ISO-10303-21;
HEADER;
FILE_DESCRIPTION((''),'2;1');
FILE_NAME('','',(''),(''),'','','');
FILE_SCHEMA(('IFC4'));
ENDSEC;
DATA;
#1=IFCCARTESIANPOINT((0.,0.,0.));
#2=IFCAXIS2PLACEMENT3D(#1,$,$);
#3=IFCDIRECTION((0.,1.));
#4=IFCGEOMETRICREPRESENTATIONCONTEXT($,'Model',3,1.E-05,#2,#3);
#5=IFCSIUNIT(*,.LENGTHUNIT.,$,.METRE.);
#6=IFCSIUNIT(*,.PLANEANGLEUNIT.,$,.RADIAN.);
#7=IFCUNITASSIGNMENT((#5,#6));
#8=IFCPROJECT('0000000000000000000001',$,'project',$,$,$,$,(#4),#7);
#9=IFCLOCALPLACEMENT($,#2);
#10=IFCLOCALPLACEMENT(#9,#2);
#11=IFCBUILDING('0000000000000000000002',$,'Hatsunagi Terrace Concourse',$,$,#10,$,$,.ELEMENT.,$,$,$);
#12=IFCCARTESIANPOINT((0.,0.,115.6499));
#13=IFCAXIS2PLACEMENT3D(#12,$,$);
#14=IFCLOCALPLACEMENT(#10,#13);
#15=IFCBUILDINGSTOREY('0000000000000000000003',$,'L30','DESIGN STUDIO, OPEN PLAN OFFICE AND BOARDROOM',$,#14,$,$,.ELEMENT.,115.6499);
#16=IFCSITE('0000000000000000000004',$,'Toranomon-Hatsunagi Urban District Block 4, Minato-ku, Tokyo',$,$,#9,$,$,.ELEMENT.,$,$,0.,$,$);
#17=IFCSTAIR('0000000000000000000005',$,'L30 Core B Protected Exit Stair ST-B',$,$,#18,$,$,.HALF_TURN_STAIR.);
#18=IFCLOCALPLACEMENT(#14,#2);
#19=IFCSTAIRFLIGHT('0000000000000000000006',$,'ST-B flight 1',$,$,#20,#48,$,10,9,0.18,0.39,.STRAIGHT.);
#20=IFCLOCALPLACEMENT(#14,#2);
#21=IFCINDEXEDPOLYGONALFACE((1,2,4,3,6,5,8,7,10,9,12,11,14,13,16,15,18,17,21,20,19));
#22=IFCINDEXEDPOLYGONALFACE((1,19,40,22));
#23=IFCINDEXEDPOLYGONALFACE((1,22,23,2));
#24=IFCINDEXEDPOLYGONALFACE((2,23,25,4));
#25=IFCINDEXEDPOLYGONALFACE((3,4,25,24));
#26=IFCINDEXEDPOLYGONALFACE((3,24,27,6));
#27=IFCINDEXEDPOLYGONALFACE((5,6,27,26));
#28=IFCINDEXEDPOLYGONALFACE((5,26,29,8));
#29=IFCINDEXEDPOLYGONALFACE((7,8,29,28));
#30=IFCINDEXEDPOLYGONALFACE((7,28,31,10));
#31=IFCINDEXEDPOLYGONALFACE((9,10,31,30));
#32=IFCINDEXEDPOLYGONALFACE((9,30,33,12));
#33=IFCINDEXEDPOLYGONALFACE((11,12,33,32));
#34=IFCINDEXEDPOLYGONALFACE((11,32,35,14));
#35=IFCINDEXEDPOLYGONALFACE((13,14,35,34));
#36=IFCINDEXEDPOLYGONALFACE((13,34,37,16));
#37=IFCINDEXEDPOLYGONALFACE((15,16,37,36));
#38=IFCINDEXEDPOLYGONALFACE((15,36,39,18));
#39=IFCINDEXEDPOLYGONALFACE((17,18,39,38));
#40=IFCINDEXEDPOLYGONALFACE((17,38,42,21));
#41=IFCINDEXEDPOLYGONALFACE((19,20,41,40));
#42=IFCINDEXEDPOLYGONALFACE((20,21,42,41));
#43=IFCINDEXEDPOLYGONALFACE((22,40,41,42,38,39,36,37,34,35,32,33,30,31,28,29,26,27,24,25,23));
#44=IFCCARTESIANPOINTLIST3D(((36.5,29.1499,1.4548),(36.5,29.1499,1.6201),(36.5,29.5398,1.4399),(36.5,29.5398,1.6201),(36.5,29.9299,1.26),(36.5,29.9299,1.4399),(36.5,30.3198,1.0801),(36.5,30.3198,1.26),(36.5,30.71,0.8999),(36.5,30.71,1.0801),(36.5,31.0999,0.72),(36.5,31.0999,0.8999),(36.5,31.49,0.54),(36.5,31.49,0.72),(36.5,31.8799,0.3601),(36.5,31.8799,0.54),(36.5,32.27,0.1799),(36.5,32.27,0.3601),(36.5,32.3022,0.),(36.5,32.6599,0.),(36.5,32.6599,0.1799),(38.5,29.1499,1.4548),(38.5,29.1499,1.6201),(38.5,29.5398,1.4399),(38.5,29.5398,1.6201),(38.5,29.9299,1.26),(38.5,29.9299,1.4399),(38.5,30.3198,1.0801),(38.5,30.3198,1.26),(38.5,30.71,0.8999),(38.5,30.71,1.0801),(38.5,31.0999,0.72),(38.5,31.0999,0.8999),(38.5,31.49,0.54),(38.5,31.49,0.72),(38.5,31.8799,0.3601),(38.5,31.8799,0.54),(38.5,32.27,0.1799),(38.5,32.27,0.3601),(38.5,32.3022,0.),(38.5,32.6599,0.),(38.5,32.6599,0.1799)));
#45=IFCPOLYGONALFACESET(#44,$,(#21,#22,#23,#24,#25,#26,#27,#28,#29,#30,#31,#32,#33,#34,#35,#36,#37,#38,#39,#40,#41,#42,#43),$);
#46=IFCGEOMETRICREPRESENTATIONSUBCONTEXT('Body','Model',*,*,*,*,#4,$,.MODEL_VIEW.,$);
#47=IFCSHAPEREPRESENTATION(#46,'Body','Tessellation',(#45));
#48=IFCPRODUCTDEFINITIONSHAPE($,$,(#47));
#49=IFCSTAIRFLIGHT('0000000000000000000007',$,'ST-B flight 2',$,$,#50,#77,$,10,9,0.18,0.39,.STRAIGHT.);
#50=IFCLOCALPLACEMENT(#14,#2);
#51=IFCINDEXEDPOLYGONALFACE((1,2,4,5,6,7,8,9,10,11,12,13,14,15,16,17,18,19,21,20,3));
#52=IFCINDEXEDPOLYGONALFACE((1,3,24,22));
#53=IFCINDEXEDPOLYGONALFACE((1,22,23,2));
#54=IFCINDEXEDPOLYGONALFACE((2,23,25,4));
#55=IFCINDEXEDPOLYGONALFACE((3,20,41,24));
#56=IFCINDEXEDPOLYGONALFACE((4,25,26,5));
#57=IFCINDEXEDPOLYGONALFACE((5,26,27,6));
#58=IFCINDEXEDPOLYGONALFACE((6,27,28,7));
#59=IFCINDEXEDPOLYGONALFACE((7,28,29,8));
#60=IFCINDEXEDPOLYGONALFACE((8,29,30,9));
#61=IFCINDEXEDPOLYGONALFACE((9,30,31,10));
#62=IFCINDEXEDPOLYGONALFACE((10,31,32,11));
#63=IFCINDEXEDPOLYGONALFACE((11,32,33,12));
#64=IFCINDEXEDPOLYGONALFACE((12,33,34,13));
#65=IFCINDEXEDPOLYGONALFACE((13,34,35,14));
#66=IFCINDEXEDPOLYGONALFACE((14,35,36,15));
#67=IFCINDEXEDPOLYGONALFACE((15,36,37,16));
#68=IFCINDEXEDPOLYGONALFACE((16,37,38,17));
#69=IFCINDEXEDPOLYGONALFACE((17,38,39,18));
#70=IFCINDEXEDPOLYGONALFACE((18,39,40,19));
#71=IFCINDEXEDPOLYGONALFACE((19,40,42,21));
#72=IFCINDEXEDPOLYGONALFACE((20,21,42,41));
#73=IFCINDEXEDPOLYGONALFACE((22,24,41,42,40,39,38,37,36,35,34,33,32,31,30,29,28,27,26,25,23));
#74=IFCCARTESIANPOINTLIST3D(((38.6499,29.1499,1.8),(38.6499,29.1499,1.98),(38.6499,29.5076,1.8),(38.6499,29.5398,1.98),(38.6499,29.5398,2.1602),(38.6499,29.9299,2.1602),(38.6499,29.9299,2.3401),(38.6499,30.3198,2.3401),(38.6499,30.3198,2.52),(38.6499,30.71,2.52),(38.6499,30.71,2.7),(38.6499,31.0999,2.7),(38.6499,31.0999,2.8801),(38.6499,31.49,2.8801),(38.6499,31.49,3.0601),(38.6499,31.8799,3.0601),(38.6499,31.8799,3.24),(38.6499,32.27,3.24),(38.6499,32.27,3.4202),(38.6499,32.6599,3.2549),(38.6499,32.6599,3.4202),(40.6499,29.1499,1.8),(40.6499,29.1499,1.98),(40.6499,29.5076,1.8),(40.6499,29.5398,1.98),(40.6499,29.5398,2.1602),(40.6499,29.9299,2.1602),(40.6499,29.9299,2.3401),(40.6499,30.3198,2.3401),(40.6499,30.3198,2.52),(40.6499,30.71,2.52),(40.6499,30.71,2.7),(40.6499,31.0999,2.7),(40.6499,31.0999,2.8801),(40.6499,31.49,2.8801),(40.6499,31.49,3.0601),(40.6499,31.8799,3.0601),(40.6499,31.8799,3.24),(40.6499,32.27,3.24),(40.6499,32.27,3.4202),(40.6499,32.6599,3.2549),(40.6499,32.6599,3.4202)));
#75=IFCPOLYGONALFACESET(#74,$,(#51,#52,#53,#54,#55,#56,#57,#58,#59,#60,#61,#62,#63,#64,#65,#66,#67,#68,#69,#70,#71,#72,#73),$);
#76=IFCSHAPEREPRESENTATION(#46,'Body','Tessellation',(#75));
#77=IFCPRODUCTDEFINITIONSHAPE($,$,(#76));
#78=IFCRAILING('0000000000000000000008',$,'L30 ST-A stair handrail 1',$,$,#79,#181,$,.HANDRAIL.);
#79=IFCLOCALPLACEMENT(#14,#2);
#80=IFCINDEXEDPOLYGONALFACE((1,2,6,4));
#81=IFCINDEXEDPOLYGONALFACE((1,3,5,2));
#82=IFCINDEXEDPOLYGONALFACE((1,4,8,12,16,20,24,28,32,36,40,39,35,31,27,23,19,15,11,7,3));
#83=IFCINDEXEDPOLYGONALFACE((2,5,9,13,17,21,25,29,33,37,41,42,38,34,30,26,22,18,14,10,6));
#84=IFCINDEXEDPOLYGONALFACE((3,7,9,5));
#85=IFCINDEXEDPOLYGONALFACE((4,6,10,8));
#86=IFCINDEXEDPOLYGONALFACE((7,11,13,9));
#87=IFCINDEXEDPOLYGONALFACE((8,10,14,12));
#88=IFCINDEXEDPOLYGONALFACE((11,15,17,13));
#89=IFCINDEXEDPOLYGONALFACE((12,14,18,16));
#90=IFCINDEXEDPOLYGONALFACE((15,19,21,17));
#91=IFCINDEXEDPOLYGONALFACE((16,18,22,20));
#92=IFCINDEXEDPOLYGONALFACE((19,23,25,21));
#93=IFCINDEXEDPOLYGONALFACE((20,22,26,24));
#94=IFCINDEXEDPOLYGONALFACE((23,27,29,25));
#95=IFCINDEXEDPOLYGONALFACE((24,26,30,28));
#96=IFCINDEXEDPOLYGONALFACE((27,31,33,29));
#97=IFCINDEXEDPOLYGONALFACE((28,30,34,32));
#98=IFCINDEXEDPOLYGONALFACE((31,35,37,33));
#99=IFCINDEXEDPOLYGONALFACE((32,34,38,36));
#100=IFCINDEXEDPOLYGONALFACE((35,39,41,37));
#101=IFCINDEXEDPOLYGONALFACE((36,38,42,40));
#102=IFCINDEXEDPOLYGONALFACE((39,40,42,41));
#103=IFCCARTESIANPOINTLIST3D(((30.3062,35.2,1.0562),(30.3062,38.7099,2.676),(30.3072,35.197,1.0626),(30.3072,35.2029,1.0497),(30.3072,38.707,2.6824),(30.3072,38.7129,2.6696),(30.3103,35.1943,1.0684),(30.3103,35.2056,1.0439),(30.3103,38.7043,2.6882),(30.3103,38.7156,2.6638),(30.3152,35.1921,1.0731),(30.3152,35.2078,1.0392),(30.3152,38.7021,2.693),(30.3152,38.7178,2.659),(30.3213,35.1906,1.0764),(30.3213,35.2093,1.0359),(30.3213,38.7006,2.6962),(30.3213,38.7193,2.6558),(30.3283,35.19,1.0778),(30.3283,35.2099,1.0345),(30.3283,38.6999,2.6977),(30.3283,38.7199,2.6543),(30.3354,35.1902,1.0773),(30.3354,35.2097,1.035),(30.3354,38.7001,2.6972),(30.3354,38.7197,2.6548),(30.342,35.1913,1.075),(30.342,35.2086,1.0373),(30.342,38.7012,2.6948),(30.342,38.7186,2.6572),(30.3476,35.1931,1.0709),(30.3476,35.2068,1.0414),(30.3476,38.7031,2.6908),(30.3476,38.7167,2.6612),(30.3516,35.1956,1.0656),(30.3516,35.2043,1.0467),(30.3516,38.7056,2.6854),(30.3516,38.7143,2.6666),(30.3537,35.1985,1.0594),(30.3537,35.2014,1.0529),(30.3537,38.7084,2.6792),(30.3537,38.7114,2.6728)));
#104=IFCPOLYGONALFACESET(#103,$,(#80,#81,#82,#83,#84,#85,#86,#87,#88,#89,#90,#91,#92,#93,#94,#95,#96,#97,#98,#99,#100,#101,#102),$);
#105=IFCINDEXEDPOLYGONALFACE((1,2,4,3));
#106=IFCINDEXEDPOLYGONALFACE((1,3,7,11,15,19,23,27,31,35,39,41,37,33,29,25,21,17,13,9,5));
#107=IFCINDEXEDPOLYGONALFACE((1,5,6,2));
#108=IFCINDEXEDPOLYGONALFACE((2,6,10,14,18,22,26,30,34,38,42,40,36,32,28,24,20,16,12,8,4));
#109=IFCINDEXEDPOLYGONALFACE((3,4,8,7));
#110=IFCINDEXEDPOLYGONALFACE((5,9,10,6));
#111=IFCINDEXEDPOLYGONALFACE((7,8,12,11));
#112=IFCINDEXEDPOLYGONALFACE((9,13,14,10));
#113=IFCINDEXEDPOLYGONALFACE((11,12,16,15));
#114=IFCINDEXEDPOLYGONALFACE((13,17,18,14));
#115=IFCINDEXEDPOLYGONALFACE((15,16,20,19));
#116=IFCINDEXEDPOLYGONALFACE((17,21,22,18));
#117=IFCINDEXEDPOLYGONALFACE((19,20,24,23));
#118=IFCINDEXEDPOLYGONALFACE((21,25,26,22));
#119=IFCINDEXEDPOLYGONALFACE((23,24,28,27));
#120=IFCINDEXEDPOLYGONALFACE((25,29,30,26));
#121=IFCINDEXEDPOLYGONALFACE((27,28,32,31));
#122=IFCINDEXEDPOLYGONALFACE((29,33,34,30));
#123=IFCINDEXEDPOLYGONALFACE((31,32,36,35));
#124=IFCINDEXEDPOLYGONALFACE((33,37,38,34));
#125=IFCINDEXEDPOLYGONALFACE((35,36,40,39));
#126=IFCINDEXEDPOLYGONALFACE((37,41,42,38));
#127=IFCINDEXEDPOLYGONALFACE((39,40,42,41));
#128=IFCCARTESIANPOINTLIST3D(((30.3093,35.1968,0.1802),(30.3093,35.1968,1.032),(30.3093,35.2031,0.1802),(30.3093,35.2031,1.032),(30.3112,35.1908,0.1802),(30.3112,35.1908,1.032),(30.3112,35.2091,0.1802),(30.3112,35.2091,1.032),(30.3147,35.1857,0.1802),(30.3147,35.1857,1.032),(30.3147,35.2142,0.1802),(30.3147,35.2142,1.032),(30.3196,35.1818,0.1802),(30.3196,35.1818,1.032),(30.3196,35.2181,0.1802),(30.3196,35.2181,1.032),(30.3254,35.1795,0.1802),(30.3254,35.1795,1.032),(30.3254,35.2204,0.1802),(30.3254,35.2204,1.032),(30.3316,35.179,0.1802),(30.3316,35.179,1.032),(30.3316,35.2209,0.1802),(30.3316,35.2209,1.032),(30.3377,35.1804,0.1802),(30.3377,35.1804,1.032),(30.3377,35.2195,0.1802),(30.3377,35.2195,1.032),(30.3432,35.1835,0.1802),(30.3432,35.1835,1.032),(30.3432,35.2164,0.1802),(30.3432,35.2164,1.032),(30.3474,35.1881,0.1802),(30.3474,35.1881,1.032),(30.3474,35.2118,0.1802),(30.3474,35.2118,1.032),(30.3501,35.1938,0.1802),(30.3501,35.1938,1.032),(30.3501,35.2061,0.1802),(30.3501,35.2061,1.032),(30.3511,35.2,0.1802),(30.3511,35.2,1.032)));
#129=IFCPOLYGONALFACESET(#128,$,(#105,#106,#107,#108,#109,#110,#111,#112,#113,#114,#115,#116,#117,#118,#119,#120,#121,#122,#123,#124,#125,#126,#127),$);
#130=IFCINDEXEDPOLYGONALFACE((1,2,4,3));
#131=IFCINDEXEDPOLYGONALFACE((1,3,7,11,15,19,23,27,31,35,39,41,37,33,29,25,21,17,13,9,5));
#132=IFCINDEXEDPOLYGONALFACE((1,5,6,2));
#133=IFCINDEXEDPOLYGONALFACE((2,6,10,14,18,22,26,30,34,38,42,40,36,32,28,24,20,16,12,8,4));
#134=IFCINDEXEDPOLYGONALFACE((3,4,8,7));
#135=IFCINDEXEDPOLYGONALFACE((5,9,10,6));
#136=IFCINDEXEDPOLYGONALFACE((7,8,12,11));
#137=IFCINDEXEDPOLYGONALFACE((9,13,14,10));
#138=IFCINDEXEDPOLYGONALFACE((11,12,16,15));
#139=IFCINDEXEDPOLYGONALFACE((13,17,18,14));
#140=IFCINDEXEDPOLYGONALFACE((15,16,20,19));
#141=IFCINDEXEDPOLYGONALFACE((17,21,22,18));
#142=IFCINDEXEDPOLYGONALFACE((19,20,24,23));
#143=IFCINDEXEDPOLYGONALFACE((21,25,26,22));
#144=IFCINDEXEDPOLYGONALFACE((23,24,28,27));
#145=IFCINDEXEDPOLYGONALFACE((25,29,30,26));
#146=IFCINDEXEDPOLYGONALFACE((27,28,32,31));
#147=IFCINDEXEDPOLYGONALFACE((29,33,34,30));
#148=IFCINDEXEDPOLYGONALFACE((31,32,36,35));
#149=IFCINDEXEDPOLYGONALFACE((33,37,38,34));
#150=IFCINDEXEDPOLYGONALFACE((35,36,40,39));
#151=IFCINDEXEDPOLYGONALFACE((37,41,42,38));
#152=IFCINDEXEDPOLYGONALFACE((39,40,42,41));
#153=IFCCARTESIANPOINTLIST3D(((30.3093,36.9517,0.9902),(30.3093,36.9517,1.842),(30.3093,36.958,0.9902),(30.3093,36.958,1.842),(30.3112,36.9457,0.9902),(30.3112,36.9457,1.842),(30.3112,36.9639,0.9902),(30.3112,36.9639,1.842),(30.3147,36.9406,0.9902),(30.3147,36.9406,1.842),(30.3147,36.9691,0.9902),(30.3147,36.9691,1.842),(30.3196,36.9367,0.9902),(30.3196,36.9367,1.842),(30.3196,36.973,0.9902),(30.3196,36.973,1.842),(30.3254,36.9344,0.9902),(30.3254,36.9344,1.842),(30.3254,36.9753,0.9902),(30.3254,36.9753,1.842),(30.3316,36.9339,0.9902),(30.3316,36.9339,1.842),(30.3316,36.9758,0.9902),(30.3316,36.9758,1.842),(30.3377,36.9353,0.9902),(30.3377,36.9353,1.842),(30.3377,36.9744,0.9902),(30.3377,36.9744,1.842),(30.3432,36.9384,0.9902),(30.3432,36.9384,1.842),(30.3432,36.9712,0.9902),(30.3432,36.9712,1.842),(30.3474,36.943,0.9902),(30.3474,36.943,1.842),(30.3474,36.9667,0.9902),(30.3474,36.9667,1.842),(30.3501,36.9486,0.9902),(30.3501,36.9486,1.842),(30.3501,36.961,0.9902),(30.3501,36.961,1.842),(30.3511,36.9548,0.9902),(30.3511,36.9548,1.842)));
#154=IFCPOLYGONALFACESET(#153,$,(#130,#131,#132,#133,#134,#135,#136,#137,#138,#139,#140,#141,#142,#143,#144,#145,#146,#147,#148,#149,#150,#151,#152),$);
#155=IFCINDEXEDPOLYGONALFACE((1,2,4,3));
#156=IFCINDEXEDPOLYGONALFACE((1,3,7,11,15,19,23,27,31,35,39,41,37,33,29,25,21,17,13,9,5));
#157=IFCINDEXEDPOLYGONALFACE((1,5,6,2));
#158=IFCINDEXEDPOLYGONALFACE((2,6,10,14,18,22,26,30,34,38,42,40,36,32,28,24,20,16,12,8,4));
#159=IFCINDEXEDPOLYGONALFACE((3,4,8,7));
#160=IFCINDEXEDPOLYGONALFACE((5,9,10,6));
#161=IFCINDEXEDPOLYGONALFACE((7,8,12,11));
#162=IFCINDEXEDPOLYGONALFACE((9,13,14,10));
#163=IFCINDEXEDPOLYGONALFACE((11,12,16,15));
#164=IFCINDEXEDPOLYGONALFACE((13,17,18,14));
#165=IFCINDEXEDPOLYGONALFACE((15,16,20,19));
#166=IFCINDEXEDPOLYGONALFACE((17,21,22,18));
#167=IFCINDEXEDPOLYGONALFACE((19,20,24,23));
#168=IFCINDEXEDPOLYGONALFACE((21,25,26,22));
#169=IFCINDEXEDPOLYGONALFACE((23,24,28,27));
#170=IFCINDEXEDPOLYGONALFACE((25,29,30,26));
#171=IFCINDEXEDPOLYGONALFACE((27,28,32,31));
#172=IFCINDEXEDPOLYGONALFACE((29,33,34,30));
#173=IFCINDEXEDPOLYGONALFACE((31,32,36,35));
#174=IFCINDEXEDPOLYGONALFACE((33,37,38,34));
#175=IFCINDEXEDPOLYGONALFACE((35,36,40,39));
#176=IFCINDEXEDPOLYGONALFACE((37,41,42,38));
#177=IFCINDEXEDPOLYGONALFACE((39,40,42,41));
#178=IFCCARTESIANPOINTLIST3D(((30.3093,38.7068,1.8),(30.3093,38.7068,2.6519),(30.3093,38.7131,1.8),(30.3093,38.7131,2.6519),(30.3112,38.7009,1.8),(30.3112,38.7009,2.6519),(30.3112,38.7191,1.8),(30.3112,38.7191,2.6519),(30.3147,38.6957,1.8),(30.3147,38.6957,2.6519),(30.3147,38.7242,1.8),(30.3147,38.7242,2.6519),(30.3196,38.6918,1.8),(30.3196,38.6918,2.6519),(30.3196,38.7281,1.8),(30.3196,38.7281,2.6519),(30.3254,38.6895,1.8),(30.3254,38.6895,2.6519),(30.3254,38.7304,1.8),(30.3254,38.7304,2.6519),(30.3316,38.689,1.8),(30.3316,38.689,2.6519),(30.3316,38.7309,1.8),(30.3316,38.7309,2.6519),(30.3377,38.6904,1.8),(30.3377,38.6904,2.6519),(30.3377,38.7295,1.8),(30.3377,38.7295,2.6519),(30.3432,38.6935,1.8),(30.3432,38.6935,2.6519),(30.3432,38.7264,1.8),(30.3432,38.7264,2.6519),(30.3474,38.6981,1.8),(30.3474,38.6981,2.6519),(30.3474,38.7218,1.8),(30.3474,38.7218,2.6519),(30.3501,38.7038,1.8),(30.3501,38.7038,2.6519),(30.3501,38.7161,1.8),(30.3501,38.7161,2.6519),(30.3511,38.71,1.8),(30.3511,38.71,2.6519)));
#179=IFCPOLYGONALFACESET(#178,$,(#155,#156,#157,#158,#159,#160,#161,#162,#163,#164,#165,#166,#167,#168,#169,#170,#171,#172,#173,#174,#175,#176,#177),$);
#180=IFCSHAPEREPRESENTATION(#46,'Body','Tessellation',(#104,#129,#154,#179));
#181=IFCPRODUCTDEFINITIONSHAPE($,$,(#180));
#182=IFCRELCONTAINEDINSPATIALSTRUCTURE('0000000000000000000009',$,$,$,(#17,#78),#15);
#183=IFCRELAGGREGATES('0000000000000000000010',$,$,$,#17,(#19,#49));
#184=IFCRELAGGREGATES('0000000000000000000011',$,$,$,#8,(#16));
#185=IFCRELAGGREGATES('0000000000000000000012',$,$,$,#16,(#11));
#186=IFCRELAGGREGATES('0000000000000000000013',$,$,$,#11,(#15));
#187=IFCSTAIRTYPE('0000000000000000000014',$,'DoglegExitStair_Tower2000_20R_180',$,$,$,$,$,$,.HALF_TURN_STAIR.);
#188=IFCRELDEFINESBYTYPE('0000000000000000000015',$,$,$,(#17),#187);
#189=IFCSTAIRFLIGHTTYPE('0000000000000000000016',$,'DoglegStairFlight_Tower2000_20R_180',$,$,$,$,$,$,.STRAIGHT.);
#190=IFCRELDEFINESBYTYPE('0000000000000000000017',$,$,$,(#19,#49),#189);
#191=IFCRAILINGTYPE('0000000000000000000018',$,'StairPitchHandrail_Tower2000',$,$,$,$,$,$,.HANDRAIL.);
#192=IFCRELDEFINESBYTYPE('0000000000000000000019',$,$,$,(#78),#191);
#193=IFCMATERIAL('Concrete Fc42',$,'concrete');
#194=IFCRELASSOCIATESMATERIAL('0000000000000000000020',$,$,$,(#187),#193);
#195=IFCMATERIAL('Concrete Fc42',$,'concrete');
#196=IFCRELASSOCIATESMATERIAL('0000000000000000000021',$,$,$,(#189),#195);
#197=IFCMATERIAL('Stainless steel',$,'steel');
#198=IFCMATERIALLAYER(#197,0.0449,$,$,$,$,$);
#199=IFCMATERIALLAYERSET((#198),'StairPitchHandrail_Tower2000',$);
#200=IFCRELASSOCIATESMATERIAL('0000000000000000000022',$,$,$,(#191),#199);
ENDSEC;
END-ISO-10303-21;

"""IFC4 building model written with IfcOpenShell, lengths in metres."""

from ifc_helpers import new_model, si_unit, direction, frame, origin, origin_2d, place, context, subcontext, project, spatial, polyline, circle, outline, extrude, material, layer, layer_set, type_object, element, aggregate, save


model = new_model("IFC4")

# Units and contexts
model_context = context("Model", 3, precision=1e-05, world=origin(), true_north=direction((0.0, 1.0)))
body_context = subcontext(model_context, "Body", "Model", "MODEL_VIEW")
ifc_project = project(units=[si_unit("LENGTHUNIT", "METRE"), si_unit("PLANEANGLEUNIT", "RADIAN")], contexts=[model_context])

# Site, building, storey
site_placement = place(None, origin())
site = spatial("IfcSite", under=ifc_project, at=site_placement, Name="Toranomon-Hatsunagi Urban District Block 4, Minato-ku, Tokyo", CompositionType="ELEMENT", RefElevation=0.0)
building_placement = place(site_placement, origin())
building = spatial("IfcBuilding", under=site, at=building_placement, Name="Hatsunagi Terrace Concourse", CompositionType="ELEMENT")
storey_placement = place(building_placement, frame((0.0, 0.0, 115.6499)))
storey = spatial("IfcBuildingStorey", under=building, at=storey_placement, Name="L30", Description="DESIGN STUDIO, OPEN PLAN OFFICE AND BOARDROOM", CompositionType="ELEMENT", Elevation=115.6499)

# Shared definitions
ifc_material_1 = material(Name="Concrete Fc42", Category="concrete")
stair_type = type_object("IfcStairType", Name="DoglegExitStair_Tower2000_20R_180", PredefinedType="HALF_TURN_STAIR", material=ifc_material_1)
ifc_material_2 = material(Name="Concrete Fc42", Category="concrete")
stair_flight_type = type_object("IfcStairFlightType", Name="DoglegStairFlight_Tower2000_20R_180", PredefinedType="STRAIGHT", material=ifc_material_2)

# Stair, stair flights
stair_1_placement = place(storey_placement, origin())
stair_1 = element("IfcStair", 1, at=stair_1_placement, inside=storey, type_object=stair_type, Name="L30 Core B Protected Exit Stair ST-B", PredefinedType="HALF_TURN_STAIR")
stair_flight_1_placement = place(storey_placement, frame((37.5, 32.6599, 0.0), z_axis=(0.0, 0.0, 1.0), x_axis=(0.0, -1.0, 0.0)))
stair_flight_1 = element("IfcStairFlight", 2, at=stair_flight_1_placement, type_object=stair_flight_type, Name="ST-B flight 1", NumberOfRisers=10, NumberOfTreads=9, PredefinedType="STRAIGHT", RiserHeight=0.18, TreadLength=0.39, context=body_context, shape_type="SweptSolid", body=[
    extrude(outline(polyline([(0.0, 0.0), (0.0, 0.1799), (0.3899, 0.1799), (0.3899, 0.3601), (0.78, 0.3601), (0.78, 0.54), (1.1699, 0.54), (1.1699, 0.72), (1.5601, 0.72), (1.5601, 0.8999), (1.95, 0.8999), (1.95, 1.0801), (2.3401, 1.0801), (2.3401, 1.26), (2.73, 1.26), (2.73, 1.4399), (3.1201, 1.4399), (3.1201, 1.6201), (3.51, 1.6201), (3.51, 1.8), (3.51, 1.4548), (0.3577, 0.0), (0.0, 0.0)])), frame((0.0, 1.0, 0.0), z_axis=(0.0, -1.0, 0.0), x_axis=(1.0, 0.0, 0.0)), (0.0, 0.0, 1.0), 2.0),
])
stair_flight_2_placement = place(storey_placement, frame((39.6499, 29.1499, 1.8), z_axis=(0.0, 0.0, 1.0), x_axis=(0.0, 1.0, 0.0)))
stair_flight_2 = element("IfcStairFlight", 3, at=stair_flight_2_placement, type_object=stair_flight_type, Name="ST-B flight 2", NumberOfRisers=10, NumberOfTreads=9, PredefinedType="STRAIGHT", RiserHeight=0.18, TreadLength=0.39, context=body_context, shape_type="SweptSolid", body=[
    extrude(outline(polyline([(0.0, 0.0), (0.0, 0.1799), (0.3899, 0.1799), (0.3899, 0.3601), (0.78, 0.3601), (0.78, 0.54), (1.1699, 0.54), (1.1699, 0.72), (1.5601, 0.72), (1.5601, 0.8999), (1.95, 0.8999), (1.95, 1.0801), (2.3401, 1.0801), (2.3401, 1.26), (2.73, 1.26), (2.73, 1.4399), (3.1201, 1.4399), (3.1201, 1.6201), (3.51, 1.6201), (3.51, 1.8), (3.51, 1.4548), (0.3577, 0.0), (0.0, 0.0)])), frame((0.0, 1.0, 0.0), z_axis=(0.0, -1.0, 0.0), x_axis=(1.0, 0.0, 0.0)), (0.0, 0.0, 1.0), 2.0),
])
aggregate(stair_1, [stair_flight_1, stair_flight_2])

# Railing
ifc_material_3 = material(Name="Stainless steel", Category="steel")
ifc_layer_1 = layer(ifc_material_3, 0.0449)
ifc_layer_set_1 = layer_set([ifc_layer_1], Name="StairPitchHandrail_Tower2000")
railing_type_1 = type_object("IfcRailingType", Name="StairPitchHandrail_Tower2000", PredefinedType="HANDRAIL", material=ifc_layer_set_1)
railing_1_placement = place(storey_placement, frame((30.3301, 35.2, 0.1802)))
element("IfcRailing", 4, at=railing_1_placement, inside=storey, type_object=railing_type_1, Name="L30 ST-A stair handrail 1", PredefinedType="HANDRAIL", context=body_context, shape_type="SweptSolid", body=[
    extrude(circle(Radius=0.0239, at=origin_2d()), frame((0.0, 0.0, 0.876), z_axis=(0.0, 0.907972, 0.41903), x_axis=(-1.0, 0.0, 0.0)), (0.0, 0.0, 1.0), 3.8657),
    extrude(circle(Radius=0.021, at=origin_2d()), origin(), (0.0, 0.0, 1.0), 0.8518),
    extrude(circle(Radius=0.021, at=origin_2d()), frame((0.0, 1.7549, 0.8101)), (0.0, 0.0, 1.0), 0.8518),
    extrude(circle(Radius=0.021, at=origin_2d()), frame((0.0, 3.51, 1.6199)), (0.0, 0.0, 1.0), 0.8518),
])

save(model, "model.ifc")
